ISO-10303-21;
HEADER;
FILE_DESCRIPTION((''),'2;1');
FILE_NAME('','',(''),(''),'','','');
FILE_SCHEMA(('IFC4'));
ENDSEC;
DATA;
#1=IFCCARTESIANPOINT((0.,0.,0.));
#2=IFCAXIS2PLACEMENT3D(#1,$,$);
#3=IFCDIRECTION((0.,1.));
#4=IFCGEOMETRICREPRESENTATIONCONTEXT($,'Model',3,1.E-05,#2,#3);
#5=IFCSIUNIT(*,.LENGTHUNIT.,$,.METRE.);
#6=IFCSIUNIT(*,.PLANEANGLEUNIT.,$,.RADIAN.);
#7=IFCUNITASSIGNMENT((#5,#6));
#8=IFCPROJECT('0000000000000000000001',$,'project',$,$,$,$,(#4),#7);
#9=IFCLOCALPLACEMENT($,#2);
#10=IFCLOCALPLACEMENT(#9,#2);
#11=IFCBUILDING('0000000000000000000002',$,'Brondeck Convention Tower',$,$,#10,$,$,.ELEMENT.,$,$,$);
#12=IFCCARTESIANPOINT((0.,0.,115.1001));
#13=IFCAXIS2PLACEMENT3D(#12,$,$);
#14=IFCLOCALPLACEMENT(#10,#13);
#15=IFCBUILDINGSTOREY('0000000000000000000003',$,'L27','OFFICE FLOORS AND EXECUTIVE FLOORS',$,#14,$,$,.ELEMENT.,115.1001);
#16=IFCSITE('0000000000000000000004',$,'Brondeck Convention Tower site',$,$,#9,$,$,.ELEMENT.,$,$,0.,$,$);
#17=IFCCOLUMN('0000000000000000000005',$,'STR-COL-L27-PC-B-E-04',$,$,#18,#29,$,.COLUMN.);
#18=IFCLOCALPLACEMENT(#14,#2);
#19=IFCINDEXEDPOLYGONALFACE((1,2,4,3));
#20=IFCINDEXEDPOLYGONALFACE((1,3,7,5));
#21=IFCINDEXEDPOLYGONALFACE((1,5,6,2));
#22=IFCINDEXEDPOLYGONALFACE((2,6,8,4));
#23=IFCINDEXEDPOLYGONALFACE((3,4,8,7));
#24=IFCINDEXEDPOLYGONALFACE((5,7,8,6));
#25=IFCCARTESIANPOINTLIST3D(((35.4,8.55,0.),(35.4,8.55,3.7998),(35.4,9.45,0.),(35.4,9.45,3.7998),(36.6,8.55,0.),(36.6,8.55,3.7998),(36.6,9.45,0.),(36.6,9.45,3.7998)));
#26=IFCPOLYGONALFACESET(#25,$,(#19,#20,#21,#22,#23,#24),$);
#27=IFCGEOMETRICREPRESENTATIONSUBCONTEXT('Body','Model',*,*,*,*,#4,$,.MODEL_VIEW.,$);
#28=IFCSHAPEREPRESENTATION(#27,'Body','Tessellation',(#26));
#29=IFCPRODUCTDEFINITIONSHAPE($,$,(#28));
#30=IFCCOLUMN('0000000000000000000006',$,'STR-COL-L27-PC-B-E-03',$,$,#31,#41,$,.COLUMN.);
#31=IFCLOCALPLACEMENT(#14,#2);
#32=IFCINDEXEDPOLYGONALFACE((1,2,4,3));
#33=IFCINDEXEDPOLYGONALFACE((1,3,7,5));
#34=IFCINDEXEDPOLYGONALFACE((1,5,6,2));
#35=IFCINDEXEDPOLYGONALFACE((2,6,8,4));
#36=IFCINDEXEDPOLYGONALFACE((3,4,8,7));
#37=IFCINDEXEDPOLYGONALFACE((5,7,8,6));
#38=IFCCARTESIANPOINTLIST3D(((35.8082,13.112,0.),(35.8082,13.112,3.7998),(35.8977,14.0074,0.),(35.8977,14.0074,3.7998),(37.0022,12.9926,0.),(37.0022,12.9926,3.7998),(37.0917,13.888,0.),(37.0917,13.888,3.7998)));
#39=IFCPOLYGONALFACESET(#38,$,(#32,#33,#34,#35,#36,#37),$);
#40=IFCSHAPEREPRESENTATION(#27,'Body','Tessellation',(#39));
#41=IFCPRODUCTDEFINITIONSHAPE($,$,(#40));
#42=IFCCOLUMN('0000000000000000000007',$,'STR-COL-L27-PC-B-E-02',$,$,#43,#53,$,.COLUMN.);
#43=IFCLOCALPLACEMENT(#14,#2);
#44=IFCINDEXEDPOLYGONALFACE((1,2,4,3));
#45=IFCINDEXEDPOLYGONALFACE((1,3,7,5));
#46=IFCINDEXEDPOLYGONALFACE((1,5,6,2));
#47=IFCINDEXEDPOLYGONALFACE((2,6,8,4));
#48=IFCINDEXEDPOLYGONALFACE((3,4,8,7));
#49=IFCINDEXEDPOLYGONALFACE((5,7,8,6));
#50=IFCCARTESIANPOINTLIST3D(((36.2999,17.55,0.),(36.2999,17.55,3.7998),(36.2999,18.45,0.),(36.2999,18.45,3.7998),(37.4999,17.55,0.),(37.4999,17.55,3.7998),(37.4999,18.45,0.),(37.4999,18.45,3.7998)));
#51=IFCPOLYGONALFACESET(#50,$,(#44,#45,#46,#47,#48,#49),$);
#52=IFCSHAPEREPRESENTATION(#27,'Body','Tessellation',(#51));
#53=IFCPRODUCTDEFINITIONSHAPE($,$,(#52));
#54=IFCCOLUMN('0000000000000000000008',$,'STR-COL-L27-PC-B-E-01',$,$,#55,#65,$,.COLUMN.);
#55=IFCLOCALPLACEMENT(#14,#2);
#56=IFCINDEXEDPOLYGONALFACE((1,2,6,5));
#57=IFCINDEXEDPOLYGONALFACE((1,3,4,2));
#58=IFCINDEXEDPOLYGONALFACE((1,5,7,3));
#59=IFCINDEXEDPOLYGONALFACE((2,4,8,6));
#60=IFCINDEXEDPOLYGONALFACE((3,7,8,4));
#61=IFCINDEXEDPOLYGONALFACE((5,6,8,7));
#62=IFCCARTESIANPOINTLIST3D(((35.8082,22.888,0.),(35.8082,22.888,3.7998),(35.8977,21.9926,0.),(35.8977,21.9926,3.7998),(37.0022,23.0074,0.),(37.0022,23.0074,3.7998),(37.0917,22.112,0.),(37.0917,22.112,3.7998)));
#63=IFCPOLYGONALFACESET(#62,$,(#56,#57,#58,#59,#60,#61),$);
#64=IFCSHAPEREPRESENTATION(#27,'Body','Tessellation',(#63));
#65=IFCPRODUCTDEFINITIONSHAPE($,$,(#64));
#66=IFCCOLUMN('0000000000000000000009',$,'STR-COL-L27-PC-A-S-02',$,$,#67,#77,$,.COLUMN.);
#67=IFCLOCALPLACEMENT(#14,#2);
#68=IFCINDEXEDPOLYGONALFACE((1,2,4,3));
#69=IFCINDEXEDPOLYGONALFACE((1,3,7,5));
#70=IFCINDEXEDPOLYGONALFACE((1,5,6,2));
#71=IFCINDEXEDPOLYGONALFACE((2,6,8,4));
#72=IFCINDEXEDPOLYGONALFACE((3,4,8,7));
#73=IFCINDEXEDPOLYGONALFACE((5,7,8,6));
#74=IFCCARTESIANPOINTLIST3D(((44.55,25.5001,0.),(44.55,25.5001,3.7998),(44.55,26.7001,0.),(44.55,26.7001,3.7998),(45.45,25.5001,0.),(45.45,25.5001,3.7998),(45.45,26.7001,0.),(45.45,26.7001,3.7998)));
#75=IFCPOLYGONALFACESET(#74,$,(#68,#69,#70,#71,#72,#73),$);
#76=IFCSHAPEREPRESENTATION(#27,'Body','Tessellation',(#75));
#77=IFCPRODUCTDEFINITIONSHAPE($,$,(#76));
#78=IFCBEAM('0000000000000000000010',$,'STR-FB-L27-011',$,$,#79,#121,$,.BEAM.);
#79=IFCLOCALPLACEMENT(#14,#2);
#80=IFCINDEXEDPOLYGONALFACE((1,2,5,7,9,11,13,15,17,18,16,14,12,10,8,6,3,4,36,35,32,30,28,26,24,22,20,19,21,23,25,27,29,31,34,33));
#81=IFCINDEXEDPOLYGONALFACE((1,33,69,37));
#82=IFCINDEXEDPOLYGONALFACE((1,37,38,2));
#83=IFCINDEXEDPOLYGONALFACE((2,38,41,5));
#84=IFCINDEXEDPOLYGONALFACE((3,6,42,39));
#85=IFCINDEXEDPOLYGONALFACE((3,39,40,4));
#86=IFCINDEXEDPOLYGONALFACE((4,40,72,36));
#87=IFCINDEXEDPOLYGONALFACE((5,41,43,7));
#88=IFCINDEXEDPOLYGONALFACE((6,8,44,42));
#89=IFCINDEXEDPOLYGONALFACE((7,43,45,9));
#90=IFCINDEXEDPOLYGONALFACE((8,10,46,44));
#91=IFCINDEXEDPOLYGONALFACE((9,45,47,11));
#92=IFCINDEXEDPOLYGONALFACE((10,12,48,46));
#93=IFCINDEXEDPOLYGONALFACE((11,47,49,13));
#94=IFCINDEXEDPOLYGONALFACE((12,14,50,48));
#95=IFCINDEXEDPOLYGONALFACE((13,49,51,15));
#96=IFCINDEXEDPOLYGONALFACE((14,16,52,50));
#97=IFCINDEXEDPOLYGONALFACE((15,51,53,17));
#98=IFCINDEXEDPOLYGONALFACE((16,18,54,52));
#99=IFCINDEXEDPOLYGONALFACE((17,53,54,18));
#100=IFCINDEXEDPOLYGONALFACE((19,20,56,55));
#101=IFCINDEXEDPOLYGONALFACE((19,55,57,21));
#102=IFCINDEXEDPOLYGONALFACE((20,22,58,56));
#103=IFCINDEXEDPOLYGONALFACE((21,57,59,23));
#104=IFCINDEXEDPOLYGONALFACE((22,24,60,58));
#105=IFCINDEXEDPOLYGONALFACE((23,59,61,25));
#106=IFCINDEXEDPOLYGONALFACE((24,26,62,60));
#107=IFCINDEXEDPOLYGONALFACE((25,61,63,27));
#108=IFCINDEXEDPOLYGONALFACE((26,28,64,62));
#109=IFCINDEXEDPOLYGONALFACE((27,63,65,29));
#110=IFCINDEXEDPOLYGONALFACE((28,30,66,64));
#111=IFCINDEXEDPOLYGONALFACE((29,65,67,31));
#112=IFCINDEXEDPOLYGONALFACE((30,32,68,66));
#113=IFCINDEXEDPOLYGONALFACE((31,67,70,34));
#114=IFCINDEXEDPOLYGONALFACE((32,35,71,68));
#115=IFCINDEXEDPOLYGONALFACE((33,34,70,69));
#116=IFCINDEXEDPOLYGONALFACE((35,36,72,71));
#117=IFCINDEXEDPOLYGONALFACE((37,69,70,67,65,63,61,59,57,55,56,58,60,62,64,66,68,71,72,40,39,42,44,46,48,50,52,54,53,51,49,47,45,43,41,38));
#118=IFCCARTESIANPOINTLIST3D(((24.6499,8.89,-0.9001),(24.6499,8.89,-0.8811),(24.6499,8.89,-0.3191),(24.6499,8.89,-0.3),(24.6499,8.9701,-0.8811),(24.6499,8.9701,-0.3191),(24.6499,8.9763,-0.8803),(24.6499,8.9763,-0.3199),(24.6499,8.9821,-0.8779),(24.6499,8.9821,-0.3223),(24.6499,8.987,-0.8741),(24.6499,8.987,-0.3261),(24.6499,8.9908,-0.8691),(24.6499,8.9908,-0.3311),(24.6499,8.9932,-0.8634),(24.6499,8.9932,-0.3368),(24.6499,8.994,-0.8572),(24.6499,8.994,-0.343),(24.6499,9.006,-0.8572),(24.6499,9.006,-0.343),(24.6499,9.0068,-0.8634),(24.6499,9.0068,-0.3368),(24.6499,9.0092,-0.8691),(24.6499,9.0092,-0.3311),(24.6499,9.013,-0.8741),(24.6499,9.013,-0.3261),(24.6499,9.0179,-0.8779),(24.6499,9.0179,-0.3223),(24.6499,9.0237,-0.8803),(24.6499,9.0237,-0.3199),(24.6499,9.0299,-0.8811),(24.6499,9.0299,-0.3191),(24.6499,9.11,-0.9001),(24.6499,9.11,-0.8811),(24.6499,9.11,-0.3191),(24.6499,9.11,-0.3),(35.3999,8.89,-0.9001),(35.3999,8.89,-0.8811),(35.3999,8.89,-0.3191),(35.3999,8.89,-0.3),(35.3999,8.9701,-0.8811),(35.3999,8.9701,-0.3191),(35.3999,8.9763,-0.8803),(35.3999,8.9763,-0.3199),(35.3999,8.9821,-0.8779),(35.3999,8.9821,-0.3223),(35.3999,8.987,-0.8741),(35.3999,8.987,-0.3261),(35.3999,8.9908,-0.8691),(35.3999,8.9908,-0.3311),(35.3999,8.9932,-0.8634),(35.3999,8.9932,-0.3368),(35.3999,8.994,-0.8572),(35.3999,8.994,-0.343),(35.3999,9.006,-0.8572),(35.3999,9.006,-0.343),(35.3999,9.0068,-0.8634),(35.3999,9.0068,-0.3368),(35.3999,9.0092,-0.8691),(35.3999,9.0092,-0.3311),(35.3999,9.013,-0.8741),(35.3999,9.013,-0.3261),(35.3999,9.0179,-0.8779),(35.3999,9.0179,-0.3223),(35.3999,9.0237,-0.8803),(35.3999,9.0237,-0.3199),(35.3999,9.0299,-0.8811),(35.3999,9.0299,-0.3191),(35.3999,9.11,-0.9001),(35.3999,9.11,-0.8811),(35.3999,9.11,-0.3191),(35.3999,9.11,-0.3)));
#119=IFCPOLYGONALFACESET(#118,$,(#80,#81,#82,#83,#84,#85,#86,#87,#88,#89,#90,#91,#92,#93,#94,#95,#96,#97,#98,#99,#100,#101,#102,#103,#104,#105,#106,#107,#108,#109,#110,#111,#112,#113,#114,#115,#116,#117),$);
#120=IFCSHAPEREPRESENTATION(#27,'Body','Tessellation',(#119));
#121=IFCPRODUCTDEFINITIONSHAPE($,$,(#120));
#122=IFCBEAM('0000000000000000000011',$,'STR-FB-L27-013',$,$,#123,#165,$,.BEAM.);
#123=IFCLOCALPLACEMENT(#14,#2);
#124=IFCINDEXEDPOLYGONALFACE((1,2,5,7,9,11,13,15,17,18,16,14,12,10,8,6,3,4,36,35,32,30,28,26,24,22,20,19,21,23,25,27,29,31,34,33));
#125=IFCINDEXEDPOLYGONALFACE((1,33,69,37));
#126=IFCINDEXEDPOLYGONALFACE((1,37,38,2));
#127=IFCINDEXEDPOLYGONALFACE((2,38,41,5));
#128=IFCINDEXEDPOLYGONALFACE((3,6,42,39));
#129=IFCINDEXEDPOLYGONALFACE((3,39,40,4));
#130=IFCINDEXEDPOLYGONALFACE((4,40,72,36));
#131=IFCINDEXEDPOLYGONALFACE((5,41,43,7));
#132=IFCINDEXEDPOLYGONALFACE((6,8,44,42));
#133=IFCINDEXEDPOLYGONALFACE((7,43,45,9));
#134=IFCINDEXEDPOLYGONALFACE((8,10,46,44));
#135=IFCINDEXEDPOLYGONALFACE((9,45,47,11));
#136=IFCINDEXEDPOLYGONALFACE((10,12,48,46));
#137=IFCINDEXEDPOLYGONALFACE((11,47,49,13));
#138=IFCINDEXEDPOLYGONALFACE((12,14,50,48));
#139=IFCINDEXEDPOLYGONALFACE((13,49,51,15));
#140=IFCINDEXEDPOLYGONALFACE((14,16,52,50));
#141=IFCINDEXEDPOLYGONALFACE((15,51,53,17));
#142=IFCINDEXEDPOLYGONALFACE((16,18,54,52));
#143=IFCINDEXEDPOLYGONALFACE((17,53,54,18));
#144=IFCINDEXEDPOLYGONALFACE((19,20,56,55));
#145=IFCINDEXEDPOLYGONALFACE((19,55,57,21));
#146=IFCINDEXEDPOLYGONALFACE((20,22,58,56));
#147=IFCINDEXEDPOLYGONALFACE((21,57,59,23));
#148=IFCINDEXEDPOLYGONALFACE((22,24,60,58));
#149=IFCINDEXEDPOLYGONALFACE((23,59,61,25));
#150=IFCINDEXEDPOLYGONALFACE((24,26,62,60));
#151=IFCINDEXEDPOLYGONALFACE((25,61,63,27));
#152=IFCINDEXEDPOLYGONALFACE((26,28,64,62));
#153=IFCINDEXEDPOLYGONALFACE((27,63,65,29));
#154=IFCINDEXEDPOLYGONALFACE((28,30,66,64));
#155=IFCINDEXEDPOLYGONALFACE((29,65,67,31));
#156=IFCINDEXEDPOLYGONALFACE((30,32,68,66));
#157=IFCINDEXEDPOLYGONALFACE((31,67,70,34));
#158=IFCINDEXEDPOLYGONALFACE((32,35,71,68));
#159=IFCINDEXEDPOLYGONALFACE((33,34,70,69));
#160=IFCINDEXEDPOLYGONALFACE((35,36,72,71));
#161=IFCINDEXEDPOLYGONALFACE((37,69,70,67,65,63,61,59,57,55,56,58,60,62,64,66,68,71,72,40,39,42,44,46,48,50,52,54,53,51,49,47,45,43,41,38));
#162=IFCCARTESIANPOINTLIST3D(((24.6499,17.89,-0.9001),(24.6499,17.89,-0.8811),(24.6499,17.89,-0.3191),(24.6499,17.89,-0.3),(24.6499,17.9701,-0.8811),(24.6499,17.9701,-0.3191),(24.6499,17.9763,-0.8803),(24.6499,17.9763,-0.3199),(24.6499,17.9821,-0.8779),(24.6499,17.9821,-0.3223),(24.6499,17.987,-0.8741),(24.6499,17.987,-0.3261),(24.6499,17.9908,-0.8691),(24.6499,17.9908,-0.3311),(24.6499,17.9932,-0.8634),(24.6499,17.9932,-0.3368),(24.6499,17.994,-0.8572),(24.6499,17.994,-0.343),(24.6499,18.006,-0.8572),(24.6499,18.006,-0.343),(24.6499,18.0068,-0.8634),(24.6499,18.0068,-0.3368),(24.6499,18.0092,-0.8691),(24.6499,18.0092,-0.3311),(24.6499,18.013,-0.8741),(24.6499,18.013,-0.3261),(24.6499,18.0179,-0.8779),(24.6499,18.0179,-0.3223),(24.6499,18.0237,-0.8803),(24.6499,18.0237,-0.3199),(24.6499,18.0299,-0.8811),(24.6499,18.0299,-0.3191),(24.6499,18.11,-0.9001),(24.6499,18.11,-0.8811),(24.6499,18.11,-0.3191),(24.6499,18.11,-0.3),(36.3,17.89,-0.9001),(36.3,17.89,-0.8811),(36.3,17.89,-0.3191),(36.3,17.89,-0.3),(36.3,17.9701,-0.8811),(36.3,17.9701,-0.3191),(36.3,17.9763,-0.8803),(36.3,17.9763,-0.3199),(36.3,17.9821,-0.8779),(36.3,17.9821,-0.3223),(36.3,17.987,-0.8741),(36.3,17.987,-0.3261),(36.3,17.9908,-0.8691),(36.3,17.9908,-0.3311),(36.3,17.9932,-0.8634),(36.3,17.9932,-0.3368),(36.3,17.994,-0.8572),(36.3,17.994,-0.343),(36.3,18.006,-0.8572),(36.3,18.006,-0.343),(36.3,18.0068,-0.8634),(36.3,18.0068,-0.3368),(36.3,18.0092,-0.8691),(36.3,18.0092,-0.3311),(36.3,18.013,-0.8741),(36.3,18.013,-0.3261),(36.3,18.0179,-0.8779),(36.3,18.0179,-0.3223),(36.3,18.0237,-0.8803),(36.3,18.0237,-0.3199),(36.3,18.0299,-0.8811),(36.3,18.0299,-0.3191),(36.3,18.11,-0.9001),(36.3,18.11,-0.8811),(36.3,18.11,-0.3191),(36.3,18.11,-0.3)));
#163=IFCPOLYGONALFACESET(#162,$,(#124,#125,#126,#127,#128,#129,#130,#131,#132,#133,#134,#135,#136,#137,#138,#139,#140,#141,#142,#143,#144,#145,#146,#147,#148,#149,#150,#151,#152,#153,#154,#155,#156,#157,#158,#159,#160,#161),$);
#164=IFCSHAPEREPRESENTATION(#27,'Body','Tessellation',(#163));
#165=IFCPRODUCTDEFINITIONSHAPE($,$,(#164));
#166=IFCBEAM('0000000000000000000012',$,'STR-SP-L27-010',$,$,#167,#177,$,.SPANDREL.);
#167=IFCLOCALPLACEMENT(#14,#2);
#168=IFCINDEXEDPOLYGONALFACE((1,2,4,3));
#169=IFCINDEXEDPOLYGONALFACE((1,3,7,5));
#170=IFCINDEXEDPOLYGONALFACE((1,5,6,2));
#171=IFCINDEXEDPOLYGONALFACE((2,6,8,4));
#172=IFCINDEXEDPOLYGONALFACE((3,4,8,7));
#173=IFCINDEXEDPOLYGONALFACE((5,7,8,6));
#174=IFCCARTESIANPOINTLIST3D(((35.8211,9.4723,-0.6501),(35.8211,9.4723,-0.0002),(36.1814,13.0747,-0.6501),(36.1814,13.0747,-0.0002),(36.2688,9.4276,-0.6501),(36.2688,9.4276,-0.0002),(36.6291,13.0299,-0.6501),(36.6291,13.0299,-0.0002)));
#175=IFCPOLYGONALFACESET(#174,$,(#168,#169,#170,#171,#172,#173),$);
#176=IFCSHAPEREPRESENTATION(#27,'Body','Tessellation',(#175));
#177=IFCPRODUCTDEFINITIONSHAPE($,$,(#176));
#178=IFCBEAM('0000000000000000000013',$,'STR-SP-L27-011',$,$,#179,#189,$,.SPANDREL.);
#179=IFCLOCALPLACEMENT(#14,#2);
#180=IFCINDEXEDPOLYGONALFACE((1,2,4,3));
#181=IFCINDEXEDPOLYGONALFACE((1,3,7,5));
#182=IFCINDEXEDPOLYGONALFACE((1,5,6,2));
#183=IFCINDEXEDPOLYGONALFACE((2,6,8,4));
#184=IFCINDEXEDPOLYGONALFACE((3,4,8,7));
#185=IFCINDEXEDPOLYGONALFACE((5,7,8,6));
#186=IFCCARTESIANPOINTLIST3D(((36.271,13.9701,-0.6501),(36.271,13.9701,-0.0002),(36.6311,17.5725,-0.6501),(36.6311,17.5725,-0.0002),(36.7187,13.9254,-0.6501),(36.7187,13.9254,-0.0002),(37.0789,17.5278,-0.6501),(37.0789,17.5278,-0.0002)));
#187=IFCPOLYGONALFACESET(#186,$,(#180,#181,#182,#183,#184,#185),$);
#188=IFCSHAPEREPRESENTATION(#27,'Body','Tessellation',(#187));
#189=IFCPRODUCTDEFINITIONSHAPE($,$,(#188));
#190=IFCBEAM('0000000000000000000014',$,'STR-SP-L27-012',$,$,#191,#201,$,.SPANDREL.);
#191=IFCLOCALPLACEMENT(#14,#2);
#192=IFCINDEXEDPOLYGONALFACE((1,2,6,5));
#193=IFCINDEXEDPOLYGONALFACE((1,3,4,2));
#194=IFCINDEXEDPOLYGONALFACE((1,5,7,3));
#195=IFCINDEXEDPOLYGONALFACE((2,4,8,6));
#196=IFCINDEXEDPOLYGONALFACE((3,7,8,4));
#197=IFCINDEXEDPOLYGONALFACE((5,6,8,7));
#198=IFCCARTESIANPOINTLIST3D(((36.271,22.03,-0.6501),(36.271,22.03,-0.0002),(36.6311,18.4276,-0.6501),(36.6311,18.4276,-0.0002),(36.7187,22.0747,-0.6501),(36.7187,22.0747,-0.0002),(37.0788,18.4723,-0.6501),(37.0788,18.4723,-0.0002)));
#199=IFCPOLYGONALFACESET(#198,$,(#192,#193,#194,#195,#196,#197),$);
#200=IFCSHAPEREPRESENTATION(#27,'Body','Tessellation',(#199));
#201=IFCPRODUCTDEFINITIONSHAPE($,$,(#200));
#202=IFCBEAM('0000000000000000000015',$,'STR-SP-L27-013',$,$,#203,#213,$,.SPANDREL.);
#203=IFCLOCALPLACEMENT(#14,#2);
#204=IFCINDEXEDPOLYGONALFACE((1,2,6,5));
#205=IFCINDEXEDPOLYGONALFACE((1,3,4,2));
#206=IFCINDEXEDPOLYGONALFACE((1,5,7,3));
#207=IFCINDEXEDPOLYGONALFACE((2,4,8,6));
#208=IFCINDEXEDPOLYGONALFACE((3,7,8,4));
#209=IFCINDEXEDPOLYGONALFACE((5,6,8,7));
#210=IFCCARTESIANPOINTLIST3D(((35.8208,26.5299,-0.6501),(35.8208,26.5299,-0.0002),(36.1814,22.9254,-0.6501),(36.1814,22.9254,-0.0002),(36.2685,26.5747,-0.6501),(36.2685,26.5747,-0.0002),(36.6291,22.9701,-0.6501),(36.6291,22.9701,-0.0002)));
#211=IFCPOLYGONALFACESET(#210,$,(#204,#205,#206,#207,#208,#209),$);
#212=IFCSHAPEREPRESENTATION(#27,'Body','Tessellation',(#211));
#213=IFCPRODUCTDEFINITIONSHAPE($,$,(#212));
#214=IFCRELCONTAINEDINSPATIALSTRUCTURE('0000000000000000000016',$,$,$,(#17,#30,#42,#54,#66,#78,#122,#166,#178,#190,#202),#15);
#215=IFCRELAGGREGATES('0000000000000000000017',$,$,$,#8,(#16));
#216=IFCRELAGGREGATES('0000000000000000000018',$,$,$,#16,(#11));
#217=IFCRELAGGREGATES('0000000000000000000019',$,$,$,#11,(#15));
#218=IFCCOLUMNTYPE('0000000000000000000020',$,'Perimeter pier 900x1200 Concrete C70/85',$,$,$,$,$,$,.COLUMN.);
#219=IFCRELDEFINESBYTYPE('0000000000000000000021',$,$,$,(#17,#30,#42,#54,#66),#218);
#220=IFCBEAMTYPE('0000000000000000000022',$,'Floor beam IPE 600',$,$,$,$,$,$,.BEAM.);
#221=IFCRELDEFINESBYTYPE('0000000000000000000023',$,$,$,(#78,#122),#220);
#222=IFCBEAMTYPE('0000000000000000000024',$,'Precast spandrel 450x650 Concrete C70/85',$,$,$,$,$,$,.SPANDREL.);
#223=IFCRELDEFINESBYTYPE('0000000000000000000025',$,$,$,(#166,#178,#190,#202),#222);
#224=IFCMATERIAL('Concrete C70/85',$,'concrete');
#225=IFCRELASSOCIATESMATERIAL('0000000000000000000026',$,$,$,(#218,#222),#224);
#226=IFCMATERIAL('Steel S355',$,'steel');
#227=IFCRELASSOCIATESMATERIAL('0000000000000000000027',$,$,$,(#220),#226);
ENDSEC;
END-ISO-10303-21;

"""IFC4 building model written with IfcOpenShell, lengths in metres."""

from ifc_helpers import new_model, si_unit, direction, frame, origin, origin_2d, place, context, subcontext, project, spatial, rectangle, i_section, extrude, material, material_profile, profile_set, type_object, element, save


model = new_model("IFC4")

# Units and contexts
model_context = context("Model", 3, precision=1e-05, world=origin(), true_north=direction((0.0, 1.0)))
body_context = subcontext(model_context, "Body", "Model", "MODEL_VIEW")
ifc_project = project(units=[si_unit("LENGTHUNIT", "METRE"), si_unit("PLANEANGLEUNIT", "RADIAN")], contexts=[model_context])

# Site, building, storey
site_placement = place(None, origin())
site = spatial("IfcSite", under=ifc_project, at=site_placement, Name="Brondeck Convention Tower site", CompositionType="ELEMENT", RefElevation=0.0)
building_placement = place(site_placement, origin())
building = spatial("IfcBuilding", under=site, at=building_placement, Name="Brondeck Convention Tower", CompositionType="ELEMENT")
storey_placement = place(building_placement, frame((0.0, 0.0, 115.1001)))
storey = spatial("IfcBuildingStorey", under=building, at=storey_placement, Name="L27", Description="OFFICE FLOORS AND EXECUTIVE FLOORS", CompositionType="ELEMENT", Elevation=115.1001)

# Columns
ifc_material_1 = material(Name="Concrete C70/85", Category="concrete")
ifc_material_profile_1 = material_profile(ifc_material_1, rectangle(XDim=0.8999, YDim=1.2, at=origin_2d()), Name="Perimeter pier 900x1200 Concrete C70/85")
ifc_profile_set_1 = profile_set([ifc_material_profile_1], Name="Concrete C70/85")
column_type = type_object("IfcColumnType", Name="Perimeter pier 900x1200 Concrete C70/85", PredefinedType="COLUMN", material=ifc_profile_set_1)
for number, where, z_axis, x_axis, name in (
    (1, (36.0, 9.0, 0.0), (0.0, 0.0, 1.0), (0.0, 1.0, 0.0), "STR-COL-L27-PC-B-E-04"),
    (2, (36.45, 13.5, 0.0), (0.0, 0.0, 1.0), (0.099504, 0.995037, 0.0), "STR-COL-L27-PC-B-E-03"),
    (3, (36.8999, 18.0, 0.0), (0.0, 0.0, 1.0), (0.0, 1.0, 0.0), "STR-COL-L27-PC-B-E-02"),
    (4, (36.45, 22.5, 0.0), (0.0, 0.0, 1.0), (-0.099504, 0.995037, 0.0), "STR-COL-L27-PC-B-E-01"),
    (5, (45.0, 26.1001, 0.0), (0.0, 0.0, 1.0), (1.0, 0.0, 0.0), "STR-COL-L27-PC-A-S-02"),
):
    element("IfcColumn", number, at=place(storey_placement, frame(where, z_axis=z_axis, x_axis=x_axis)), inside=storey, type_object=column_type, Name=name, PredefinedType="COLUMN", context=body_context, shape_type="SweptSolid", body=[
        extrude(rectangle(XDim=0.8999, YDim=1.2, at=origin_2d()), origin(), (0.0, 0.0, 1.0), 3.7998),
    ])

# Beams
ifc_material_2 = material(Name="Steel S355", Category="steel")
ifc_material_profile_2 = material_profile(ifc_material_2, i_section(OverallWidth=0.22, OverallDepth=0.6001, WebThickness=0.012, FlangeThickness=0.019, FilletRadius=0.0239, at=origin_2d()), Name="IPE 600")
ifc_profile_set_2 = profile_set([ifc_material_profile_2], Name="Steel S355")
beam_type_1 = type_object("IfcBeamType", Name="Floor beam IPE 600", PredefinedType="BEAM", material=ifc_profile_set_2)
beam_1_placement = place(storey_placement, frame((24.6499, 9.0, -0.6001), z_axis=(1.0, 0.0, 0.0), x_axis=(0.0, 1.0, 0.0)))
element("IfcBeam", 6, at=beam_1_placement, inside=storey, type_object=beam_type_1, Name="STR-FB-L27-011", PredefinedType="BEAM", context=body_context, shape_type="SweptSolid", body=[
    extrude(i_section(OverallWidth=0.22, OverallDepth=0.6001, WebThickness=0.012, FlangeThickness=0.019, FilletRadius=0.0239, at=origin_2d()), origin(), (0.0, 0.0, 1.0), 10.75),
])
beam_2_placement = place(storey_placement, frame((24.6499, 18.0, -0.6001), z_axis=(1.0, 0.0, 0.0), x_axis=(0.0, 1.0, 0.0)))
element("IfcBeam", 7, at=beam_2_placement, inside=storey, type_object=beam_type_1, Name="STR-FB-L27-013", PredefinedType="BEAM", context=body_context, shape_type="SweptSolid", body=[
    extrude(i_section(OverallWidth=0.22, OverallDepth=0.6001, WebThickness=0.012, FlangeThickness=0.019, FilletRadius=0.0239, at=origin_2d()), origin(), (0.0, 0.0, 1.0), 11.6501),
])
ifc_material_profile_3 = material_profile(ifc_material_1, rectangle(XDim=0.45, YDim=0.6499, at=origin_2d()), Name="Precast spandrel 450x650 Concrete C70/85")
ifc_profile_set_3 = profile_set([ifc_material_profile_3], Name="Concrete C70/85")
beam_type_2 = type_object("IfcBeamType", Name="Precast spandrel 450x650 Concrete C70/85", PredefinedType="SPANDREL", material=ifc_profile_set_3)
for number, where, z_axis, x_axis, name in (
    (8, (36.0449, 9.45, -0.3252), (0.099537, 0.995034, 0.0), (-0.995034, 0.099537, 0.0), "STR-SP-L27-010"),
    (9, (36.4949, 13.9478, -0.3252), (0.09947, 0.995041, 0.0), (-0.995041, 0.09947, 0.0), "STR-SP-L27-011"),
    (10, (36.855, 18.45, -0.3252), (-0.09947, 0.995041, 0.0), (-0.995041, -0.09947, 0.0), "STR-SP-L27-012"),
):
    element("IfcBeam", number, at=place(storey_placement, frame(where, z_axis=z_axis, x_axis=x_axis)), inside=storey, type_object=beam_type_2, Name=name, PredefinedType="SPANDREL", context=body_context, shape_type="SweptSolid", body=[
        extrude(rectangle(XDim=0.45, YDim=0.6499, at=origin_2d()), origin(), (0.0, 0.0, 1.0), 3.6204),
    ])
beam_3_placement = place(storey_placement, frame((36.4053, 22.9478, -0.3252), z_axis=(-0.099544, 0.995033, 0.0), x_axis=(-0.995033, -0.099544, 0.0)))
element("IfcBeam", 11, at=beam_3_placement, inside=storey, type_object=beam_type_2, Name="STR-SP-L27-013", PredefinedType="SPANDREL", context=body_context, shape_type="SweptSolid", body=[
    extrude(rectangle(XDim=0.45, YDim=0.6499, at=origin_2d()), origin(), (0.0, 0.0, 1.0), 3.6226),
])

save(model, "model.ifc")
